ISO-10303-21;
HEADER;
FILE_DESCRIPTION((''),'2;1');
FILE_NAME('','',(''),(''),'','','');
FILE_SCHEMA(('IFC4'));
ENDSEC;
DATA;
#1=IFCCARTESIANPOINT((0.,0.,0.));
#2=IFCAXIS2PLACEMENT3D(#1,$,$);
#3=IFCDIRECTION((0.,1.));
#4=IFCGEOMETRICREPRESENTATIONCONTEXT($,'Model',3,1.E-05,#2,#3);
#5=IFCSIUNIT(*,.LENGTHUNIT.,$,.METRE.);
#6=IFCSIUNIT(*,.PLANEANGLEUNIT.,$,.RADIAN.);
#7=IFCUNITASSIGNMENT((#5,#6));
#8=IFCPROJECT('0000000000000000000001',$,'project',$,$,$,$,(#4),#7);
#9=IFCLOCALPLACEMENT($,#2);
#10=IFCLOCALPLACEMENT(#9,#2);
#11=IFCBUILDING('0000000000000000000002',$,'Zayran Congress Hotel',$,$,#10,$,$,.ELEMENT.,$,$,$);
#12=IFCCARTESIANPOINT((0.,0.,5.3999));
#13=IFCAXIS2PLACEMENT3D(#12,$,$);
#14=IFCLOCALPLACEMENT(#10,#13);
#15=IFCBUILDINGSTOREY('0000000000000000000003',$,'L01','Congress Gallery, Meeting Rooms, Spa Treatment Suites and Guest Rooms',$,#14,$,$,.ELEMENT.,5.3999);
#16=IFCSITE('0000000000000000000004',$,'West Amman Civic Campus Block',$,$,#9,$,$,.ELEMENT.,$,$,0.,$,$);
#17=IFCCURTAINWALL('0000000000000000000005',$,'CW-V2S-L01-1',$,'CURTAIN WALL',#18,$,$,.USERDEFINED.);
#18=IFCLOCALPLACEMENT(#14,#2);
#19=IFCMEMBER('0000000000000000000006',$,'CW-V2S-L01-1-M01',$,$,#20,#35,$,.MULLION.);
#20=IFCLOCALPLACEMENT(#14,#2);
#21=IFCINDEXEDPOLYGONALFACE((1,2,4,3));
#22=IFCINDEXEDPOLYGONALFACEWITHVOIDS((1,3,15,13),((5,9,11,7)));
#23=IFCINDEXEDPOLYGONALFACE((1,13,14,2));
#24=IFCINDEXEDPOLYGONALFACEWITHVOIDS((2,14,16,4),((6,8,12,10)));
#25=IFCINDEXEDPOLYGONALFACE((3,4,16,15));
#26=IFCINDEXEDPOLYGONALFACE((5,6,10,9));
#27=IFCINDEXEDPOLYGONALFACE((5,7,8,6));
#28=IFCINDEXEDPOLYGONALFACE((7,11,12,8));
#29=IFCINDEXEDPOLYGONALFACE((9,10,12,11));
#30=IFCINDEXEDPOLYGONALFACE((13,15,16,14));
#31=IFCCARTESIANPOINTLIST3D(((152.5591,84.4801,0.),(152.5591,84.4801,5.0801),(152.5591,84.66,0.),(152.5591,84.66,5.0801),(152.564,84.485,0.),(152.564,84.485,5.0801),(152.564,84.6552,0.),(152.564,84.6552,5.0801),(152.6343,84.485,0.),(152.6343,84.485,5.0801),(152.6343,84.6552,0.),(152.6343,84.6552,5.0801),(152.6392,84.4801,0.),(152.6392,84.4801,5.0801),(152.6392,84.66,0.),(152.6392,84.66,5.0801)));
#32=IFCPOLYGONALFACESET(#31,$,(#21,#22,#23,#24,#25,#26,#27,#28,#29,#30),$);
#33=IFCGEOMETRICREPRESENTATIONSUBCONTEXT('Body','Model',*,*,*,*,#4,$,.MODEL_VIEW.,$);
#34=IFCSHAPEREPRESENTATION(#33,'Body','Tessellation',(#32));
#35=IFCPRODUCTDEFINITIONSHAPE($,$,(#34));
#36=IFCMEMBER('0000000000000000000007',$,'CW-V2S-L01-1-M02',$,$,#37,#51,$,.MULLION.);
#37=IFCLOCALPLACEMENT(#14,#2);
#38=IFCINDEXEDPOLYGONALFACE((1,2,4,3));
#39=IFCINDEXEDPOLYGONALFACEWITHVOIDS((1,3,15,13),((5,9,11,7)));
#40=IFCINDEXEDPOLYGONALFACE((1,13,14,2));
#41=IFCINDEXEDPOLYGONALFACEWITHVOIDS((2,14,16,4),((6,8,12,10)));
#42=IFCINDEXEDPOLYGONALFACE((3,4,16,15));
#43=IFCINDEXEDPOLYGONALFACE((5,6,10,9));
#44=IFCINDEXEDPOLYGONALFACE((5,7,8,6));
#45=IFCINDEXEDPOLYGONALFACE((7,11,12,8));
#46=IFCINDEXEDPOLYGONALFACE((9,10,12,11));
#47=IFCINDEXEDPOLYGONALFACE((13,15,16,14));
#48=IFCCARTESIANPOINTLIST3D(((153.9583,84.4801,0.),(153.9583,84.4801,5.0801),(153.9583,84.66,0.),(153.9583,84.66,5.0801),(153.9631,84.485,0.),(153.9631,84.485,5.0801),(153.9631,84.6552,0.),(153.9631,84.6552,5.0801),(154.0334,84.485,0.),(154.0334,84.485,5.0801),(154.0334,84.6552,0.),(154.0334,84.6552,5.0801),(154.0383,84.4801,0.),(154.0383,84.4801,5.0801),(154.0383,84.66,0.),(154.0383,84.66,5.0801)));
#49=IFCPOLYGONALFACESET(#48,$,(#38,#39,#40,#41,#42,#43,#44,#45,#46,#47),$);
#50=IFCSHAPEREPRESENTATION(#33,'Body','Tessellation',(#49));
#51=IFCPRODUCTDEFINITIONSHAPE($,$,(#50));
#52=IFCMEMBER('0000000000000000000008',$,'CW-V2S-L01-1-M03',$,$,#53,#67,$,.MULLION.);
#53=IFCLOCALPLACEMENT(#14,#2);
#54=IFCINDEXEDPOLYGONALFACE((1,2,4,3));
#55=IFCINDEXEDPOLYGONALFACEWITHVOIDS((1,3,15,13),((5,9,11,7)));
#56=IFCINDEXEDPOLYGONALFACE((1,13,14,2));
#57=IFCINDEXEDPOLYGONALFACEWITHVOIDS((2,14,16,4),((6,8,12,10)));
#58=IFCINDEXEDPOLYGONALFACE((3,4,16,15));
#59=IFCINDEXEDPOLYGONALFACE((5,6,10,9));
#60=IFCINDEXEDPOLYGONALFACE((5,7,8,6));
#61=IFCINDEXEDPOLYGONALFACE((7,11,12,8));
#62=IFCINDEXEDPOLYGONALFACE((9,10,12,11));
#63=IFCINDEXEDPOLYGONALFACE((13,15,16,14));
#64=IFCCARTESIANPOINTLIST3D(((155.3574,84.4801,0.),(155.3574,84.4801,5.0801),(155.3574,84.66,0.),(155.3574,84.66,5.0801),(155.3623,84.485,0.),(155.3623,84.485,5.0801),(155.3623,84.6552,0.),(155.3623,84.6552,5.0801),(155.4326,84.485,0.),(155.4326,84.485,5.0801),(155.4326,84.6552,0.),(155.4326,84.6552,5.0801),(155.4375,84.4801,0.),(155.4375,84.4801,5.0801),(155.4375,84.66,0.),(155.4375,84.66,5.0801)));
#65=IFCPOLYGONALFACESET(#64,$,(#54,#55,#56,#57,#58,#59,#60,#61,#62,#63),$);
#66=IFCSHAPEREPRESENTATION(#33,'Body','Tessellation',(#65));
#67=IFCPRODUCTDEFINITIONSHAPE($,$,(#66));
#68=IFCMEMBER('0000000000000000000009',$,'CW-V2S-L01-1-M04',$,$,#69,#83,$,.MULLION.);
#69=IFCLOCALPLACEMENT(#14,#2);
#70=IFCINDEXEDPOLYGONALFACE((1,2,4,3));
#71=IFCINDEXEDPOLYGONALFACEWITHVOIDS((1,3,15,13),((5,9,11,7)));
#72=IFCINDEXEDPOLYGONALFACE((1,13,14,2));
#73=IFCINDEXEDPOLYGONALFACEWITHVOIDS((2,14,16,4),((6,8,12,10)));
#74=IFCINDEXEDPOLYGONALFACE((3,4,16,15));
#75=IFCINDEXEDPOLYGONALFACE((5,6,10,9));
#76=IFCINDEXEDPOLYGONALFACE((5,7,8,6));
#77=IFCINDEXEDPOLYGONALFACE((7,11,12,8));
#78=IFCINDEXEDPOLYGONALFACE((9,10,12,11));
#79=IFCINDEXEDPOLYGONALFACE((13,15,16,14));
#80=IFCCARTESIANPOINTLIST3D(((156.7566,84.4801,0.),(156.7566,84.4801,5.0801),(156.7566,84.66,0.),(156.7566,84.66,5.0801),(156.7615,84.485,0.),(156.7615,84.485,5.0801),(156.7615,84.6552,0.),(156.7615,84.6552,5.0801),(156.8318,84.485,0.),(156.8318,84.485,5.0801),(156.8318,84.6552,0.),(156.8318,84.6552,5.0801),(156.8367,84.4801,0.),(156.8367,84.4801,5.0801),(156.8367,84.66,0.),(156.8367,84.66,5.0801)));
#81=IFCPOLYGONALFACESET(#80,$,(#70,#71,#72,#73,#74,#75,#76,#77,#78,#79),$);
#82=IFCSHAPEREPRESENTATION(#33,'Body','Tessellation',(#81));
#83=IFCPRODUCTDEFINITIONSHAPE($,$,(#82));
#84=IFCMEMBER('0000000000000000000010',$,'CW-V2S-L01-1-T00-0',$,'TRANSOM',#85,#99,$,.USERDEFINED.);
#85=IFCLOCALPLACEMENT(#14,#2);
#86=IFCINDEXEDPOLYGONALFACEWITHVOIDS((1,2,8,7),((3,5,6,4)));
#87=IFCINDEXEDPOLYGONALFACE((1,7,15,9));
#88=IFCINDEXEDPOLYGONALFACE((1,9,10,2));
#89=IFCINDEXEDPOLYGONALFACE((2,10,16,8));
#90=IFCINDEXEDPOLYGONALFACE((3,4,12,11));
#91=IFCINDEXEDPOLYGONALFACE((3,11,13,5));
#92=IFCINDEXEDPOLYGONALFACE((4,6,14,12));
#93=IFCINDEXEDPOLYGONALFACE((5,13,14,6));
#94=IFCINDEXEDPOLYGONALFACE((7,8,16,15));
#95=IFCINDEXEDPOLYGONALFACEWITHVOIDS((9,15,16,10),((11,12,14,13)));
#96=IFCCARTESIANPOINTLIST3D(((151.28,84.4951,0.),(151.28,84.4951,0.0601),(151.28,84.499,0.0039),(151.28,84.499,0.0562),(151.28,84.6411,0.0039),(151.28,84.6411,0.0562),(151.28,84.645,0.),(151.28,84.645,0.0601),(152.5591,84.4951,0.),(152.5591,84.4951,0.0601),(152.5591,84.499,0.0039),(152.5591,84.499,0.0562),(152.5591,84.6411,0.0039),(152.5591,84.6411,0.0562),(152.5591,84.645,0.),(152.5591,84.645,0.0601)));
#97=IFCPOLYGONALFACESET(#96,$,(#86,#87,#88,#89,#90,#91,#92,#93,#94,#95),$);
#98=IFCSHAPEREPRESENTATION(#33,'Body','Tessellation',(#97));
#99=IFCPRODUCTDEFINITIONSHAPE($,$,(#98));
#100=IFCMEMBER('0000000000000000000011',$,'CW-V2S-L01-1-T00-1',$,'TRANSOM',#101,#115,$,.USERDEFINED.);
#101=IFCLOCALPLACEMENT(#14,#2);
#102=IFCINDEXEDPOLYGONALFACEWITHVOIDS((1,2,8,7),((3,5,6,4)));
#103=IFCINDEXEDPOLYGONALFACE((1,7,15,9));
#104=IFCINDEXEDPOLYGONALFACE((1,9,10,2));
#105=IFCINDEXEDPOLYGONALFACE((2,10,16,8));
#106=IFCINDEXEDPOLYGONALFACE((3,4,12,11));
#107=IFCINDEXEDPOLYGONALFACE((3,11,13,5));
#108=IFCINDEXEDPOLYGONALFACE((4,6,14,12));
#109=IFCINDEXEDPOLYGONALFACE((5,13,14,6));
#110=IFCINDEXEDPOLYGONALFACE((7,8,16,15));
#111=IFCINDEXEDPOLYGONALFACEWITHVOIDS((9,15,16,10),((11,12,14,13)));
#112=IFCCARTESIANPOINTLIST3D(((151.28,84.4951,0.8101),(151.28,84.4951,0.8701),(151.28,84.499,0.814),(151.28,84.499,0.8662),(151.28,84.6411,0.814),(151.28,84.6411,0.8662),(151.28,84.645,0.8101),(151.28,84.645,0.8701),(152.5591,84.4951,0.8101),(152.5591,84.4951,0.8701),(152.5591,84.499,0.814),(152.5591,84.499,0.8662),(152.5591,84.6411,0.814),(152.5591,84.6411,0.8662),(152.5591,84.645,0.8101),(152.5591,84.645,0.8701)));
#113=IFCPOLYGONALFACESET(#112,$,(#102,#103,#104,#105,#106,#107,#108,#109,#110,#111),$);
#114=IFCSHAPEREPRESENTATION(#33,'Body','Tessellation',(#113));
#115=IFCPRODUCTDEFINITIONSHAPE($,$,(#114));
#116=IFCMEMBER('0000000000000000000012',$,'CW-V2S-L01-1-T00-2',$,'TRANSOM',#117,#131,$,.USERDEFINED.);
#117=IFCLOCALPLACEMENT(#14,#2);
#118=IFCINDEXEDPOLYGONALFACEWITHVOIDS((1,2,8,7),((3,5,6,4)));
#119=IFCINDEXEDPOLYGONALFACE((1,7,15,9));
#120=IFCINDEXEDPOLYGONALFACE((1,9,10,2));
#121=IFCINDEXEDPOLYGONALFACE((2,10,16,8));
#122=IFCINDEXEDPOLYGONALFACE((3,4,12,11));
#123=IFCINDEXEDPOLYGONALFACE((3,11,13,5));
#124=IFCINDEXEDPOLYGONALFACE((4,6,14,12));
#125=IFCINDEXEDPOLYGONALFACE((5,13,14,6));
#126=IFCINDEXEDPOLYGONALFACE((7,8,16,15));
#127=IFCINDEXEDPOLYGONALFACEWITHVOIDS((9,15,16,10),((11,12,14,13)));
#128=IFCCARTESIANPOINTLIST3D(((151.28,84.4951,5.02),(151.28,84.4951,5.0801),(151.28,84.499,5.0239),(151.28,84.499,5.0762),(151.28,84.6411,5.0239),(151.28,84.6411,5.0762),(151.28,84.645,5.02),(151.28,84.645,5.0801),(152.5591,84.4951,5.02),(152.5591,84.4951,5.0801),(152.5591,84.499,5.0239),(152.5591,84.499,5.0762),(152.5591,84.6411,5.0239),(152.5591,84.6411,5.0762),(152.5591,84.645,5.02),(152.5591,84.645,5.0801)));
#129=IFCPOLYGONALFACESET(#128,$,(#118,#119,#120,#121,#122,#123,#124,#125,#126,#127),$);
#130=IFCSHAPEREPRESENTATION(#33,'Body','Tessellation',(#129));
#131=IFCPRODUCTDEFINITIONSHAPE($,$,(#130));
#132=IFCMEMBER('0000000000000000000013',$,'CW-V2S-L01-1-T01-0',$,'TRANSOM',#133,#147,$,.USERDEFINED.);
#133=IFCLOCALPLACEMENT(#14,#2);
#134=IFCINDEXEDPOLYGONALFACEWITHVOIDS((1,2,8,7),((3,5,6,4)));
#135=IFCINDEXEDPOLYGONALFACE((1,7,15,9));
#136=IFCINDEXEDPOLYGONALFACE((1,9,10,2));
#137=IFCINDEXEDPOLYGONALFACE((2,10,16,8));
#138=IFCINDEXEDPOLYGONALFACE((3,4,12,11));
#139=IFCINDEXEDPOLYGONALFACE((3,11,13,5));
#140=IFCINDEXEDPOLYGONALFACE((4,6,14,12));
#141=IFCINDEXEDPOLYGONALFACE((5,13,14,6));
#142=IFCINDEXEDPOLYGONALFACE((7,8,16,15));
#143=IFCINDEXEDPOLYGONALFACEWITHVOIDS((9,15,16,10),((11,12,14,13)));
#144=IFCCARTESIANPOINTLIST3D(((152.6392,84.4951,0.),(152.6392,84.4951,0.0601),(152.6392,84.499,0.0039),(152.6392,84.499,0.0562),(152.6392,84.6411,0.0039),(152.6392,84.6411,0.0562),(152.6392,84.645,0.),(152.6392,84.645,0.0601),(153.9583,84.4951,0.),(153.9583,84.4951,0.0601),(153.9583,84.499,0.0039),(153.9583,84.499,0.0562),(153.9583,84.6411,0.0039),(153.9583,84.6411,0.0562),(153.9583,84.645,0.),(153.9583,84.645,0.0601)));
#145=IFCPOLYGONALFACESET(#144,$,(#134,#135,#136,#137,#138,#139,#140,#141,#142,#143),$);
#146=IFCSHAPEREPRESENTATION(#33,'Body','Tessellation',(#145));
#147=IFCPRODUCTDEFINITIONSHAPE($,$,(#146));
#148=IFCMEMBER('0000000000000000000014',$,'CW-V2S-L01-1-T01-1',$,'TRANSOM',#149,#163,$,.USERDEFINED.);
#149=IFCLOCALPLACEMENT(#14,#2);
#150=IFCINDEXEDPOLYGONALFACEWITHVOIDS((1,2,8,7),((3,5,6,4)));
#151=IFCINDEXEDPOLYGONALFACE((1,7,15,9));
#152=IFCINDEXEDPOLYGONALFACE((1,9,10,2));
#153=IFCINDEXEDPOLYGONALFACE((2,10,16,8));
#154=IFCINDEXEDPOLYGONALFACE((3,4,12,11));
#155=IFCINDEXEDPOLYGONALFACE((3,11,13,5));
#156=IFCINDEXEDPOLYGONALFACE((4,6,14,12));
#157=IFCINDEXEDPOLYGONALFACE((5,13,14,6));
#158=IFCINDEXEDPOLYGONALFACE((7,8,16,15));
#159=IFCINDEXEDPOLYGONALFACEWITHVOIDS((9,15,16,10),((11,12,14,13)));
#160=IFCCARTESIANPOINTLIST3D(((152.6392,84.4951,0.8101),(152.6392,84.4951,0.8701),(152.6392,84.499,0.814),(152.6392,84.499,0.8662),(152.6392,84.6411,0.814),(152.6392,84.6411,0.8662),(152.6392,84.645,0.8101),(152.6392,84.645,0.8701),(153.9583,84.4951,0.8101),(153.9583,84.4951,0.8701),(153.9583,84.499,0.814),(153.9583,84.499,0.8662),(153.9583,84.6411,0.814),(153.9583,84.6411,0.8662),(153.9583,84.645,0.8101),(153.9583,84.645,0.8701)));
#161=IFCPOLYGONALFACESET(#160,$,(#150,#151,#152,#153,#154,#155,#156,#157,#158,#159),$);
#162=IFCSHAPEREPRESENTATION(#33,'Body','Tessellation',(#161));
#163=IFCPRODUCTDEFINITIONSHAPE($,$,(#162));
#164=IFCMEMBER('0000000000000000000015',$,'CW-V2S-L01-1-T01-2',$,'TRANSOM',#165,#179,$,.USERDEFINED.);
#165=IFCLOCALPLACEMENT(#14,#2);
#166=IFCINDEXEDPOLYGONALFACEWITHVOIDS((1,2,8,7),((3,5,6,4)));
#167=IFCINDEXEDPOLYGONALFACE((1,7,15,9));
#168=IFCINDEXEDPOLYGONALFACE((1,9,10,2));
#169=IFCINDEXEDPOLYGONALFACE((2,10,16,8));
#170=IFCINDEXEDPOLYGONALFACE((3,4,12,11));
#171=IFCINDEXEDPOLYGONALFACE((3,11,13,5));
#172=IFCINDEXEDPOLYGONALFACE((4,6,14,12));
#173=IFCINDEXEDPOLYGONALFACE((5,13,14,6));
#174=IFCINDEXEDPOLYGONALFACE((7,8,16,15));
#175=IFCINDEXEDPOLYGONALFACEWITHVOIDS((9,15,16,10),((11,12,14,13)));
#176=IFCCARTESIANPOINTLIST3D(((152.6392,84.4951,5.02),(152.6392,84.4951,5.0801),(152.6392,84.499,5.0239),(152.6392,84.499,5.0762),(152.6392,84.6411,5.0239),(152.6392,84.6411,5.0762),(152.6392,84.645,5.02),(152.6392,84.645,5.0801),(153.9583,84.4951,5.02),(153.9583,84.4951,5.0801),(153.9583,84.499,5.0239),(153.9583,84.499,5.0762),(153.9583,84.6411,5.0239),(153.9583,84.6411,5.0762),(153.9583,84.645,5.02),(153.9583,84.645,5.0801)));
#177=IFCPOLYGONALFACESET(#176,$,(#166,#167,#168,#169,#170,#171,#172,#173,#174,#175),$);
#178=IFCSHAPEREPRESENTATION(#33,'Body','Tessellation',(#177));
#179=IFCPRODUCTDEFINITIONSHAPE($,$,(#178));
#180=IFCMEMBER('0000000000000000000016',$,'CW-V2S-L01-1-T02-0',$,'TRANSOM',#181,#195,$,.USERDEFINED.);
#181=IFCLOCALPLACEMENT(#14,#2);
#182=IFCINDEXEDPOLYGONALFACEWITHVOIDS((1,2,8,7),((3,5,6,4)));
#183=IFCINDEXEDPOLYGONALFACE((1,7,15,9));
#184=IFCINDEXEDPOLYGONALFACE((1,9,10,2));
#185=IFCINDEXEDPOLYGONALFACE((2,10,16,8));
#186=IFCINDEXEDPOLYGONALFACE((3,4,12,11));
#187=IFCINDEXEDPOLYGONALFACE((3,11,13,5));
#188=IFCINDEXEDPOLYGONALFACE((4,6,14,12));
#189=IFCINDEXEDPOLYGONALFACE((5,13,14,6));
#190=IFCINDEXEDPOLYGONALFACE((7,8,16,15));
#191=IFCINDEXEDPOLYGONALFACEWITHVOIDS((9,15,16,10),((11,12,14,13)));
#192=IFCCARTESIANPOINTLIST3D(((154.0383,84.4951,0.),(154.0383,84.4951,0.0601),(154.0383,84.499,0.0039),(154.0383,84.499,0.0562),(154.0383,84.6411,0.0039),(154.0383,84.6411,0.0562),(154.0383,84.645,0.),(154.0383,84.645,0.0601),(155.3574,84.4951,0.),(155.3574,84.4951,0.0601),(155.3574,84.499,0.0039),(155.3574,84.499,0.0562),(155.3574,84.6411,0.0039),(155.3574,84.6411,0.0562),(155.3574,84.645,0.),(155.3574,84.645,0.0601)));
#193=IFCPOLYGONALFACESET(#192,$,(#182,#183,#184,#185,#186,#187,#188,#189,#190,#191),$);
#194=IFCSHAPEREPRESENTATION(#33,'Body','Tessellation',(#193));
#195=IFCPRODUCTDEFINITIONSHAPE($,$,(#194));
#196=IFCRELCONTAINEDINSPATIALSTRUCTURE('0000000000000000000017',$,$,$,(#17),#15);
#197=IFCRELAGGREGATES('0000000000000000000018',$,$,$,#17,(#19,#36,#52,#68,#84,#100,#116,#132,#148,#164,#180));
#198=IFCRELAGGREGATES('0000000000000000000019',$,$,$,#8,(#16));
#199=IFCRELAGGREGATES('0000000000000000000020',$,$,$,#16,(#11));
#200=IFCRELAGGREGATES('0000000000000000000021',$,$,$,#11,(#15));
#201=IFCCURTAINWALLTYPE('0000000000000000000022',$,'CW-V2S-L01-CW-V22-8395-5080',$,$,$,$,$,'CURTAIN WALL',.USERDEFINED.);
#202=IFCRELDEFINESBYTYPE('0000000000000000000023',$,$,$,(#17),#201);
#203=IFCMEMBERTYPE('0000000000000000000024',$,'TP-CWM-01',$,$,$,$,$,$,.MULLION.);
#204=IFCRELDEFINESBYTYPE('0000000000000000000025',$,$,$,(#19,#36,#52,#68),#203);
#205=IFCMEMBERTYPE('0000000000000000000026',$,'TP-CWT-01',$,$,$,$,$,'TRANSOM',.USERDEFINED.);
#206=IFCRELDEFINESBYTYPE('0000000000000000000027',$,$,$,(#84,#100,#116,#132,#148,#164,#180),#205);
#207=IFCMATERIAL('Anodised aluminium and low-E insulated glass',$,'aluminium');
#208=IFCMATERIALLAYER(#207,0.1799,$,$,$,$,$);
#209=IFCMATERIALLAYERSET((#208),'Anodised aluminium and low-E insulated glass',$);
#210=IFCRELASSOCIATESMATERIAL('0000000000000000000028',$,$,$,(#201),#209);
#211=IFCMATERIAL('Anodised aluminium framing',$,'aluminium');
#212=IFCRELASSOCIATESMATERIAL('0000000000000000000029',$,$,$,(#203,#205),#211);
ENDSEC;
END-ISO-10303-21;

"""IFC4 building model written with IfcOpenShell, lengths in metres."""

from ifc_helpers import new_model, si_unit, direction, frame, origin, origin_2d, place, context, subcontext, project, spatial, hollow_rectangle, extrude, material, layer, layer_set, material_profile, profile_set, type_object, element, aggregate, save


model = new_model("IFC4")

# Units and contexts
model_context = context("Model", 3, precision=1e-05, world=origin(), true_north=direction((0.0, 1.0)))
body_context = subcontext(model_context, "Body", "Model", "MODEL_VIEW")
ifc_project = project(units=[si_unit("LENGTHUNIT", "METRE"), si_unit("PLANEANGLEUNIT", "RADIAN")], contexts=[model_context])

# Site, building, storey
site_placement = place(None, origin())
site = spatial("IfcSite", under=ifc_project, at=site_placement, Name="West Amman Civic Campus Block", CompositionType="ELEMENT", RefElevation=0.0)
building_placement = place(site_placement, origin())
building = spatial("IfcBuilding", under=site, at=building_placement, Name="Zayran Congress Hotel", CompositionType="ELEMENT")
storey_placement = place(building_placement, frame((0.0, 0.0, 5.3999)))
storey = spatial("IfcBuildingStorey", under=building, at=storey_placement, Name="L01", Description="Congress Gallery, Meeting Rooms, Spa Treatment Suites and Guest Rooms", CompositionType="ELEMENT", Elevation=5.3999)

# Curtain wall, members
ifc_material_1 = material(Name="Anodised aluminium and low-E insulated glass", Category="aluminium")
ifc_layer_1 = layer(ifc_material_1, 0.1799)
ifc_layer_set_1 = layer_set([ifc_layer_1], Name="Anodised aluminium and low-E insulated glass")
curtain_wall_type = type_object("IfcCurtainWallType", Name="CW-V2S-L01-CW-V22-8395-5080", ElementType="CURTAIN WALL", PredefinedType="USERDEFINED", material=ifc_layer_set_1)
curtain_wall_placement = place(storey_placement, origin())
curtain_wall = element("IfcCurtainWall", 1, at=curtain_wall_placement, inside=storey, type_object=curtain_wall_type, Name="CW-V2S-L01-1", ObjectType="CURTAIN WALL", PredefinedType="USERDEFINED")
ifc_material_2 = material(Name="Anodised aluminium framing", Category="aluminium")
ifc_material_profile_1 = material_profile(ifc_material_2, hollow_rectangle(XDim=0.0801, YDim=0.1799, WallThickness=0.0049, at=origin_2d()), Name="RHS 180x80x5")
ifc_profile_set_1 = profile_set([ifc_material_profile_1], Name="Anodised aluminium framing")
member_type_1 = type_object("IfcMemberType", Name="TP-CWM-01", PredefinedType="MULLION", material=ifc_profile_set_1)
member_1_placement = place(storey_placement, frame((152.5991, 84.5701, 0.0), z_axis=(0.0, 0.0, 1.0), x_axis=(1.0, 0.0, 0.0)))
member_1 = element("IfcMember", 2, at=member_1_placement, type_object=member_type_1, Name="CW-V2S-L01-1-M01", PredefinedType="MULLION", context=body_context, shape_type="SweptSolid", body=[
    extrude(hollow_rectangle(XDim=0.0801, YDim=0.1799, WallThickness=0.0049, at=origin_2d()), origin(), (0.0, 0.0, 1.0), 5.0801),
])
member_2_placement = place(storey_placement, frame((153.9983, 84.5701, 0.0), z_axis=(0.0, 0.0, 1.0), x_axis=(1.0, 0.0, 0.0)))
member_2 = element("IfcMember", 3, at=member_2_placement, type_object=member_type_1, Name="CW-V2S-L01-1-M02", PredefinedType="MULLION", context=body_context, shape_type="SweptSolid", body=[
    extrude(hollow_rectangle(XDim=0.0801, YDim=0.1799, WallThickness=0.0049, at=origin_2d()), origin(), (0.0, 0.0, 1.0), 5.0801),
])
member_3_placement = place(storey_placement, frame((155.3975, 84.5701, 0.0), z_axis=(0.0, 0.0, 1.0), x_axis=(1.0, 0.0, 0.0)))
member_3 = element("IfcMember", 4, at=member_3_placement, type_object=member_type_1, Name="CW-V2S-L01-1-M03", PredefinedType="MULLION", context=body_context, shape_type="SweptSolid", body=[
    extrude(hollow_rectangle(XDim=0.0801, YDim=0.1799, WallThickness=0.0049, at=origin_2d()), origin(), (0.0, 0.0, 1.0), 5.0801),
])
member_4_placement = place(storey_placement, frame((156.7966, 84.5701, 0.0), z_axis=(0.0, 0.0, 1.0), x_axis=(1.0, 0.0, 0.0)))
member_4 = element("IfcMember", 5, at=member_4_placement, type_object=member_type_1, Name="CW-V2S-L01-1-M04", PredefinedType="MULLION", context=body_context, shape_type="SweptSolid", body=[
    extrude(hollow_rectangle(XDim=0.0801, YDim=0.1799, WallThickness=0.0049, at=origin_2d()), origin(), (0.0, 0.0, 1.0), 5.0801),
])
ifc_material_profile_2 = material_profile(ifc_material_2, hollow_rectangle(XDim=0.0601, YDim=0.1499, WallThickness=0.0039, at=origin_2d()), Name="RHS 150x60x4")
ifc_profile_set_2 = profile_set([ifc_material_profile_2], Name="Anodised aluminium framing")
member_type_2 = type_object("IfcMemberType", Name="TP-CWT-01", ElementType="TRANSOM", PredefinedType="USERDEFINED", material=ifc_profile_set_2)
member_5_placement = place(storey_placement, frame((151.28, 84.5701, 0.03), z_axis=(1.0, 0.0, 0.0), x_axis=(0.0, 0.0, 1.0)))
member_5 = element("IfcMember", 6, at=member_5_placement, type_object=member_type_2, Name="CW-V2S-L01-1-T00-0", ObjectType="TRANSOM", PredefinedType="USERDEFINED", context=body_context, shape_type="SweptSolid", body=[
    extrude(hollow_rectangle(XDim=0.0601, YDim=0.1499, WallThickness=0.0039, at=origin_2d()), origin(), (0.0, 0.0, 1.0), 1.2791),
])
member_6_placement = place(storey_placement, frame((151.28, 84.5701, 0.8401), z_axis=(1.0, 0.0, 0.0), x_axis=(0.0, 0.0, 1.0)))
member_6 = element("IfcMember", 7, at=member_6_placement, type_object=member_type_2, Name="CW-V2S-L01-1-T00-1", ObjectType="TRANSOM", PredefinedType="USERDEFINED", context=body_context, shape_type="SweptSolid", body=[
    extrude(hollow_rectangle(XDim=0.0601, YDim=0.1499, WallThickness=0.0039, at=origin_2d()), origin(), (0.0, 0.0, 1.0), 1.2791),
])
member_7_placement = place(storey_placement, frame((151.28, 84.5701, 5.05), z_axis=(1.0, 0.0, 0.0), x_axis=(0.0, 0.0, 1.0)))
member_7 = element("IfcMember", 8, at=member_7_placement, type_object=member_type_2, Name="CW-V2S-L01-1-T00-2", ObjectType="TRANSOM", PredefinedType="USERDEFINED", context=body_context, shape_type="SweptSolid", body=[
    extrude(hollow_rectangle(XDim=0.0601, YDim=0.1499, WallThickness=0.0039, at=origin_2d()), origin(), (0.0, 0.0, 1.0), 1.2791),
])
member_8_placement = place(storey_placement, frame((152.6392, 84.5701, 0.03), z_axis=(1.0, 0.0, 0.0), x_axis=(0.0, 0.0, 1.0)))
member_8 = element("IfcMember", 9, at=member_8_placement, type_object=member_type_2, Name="CW-V2S-L01-1-T01-0", ObjectType="TRANSOM", PredefinedType="USERDEFINED", context=body_context, shape_type="SweptSolid", body=[
    extrude(hollow_rectangle(XDim=0.0601, YDim=0.1499, WallThickness=0.0039, at=origin_2d()), origin(), (0.0, 0.0, 1.0), 1.3191),
])
member_9_placement = place(storey_placement, frame((152.6392, 84.5701, 0.8401), z_axis=(1.0, 0.0, 0.0), x_axis=(0.0, 0.0, 1.0)))
member_9 = element("IfcMember", 10, at=member_9_placement, type_object=member_type_2, Name="CW-V2S-L01-1-T01-1", ObjectType="TRANSOM", PredefinedType="USERDEFINED", context=body_context, shape_type="SweptSolid", body=[
    extrude(hollow_rectangle(XDim=0.0601, YDim=0.1499, WallThickness=0.0039, at=origin_2d()), origin(), (0.0, 0.0, 1.0), 1.3191),
])
member_10_placement = place(storey_placement, frame((152.6392, 84.5701, 5.05), z_axis=(1.0, 0.0, 0.0), x_axis=(0.0, 0.0, 1.0)))
member_10 = element("IfcMember", 11, at=member_10_placement, type_object=member_type_2, Name="CW-V2S-L01-1-T01-2", ObjectType="TRANSOM", PredefinedType="USERDEFINED", context=body_context, shape_type="SweptSolid", body=[
    extrude(hollow_rectangle(XDim=0.0601, YDim=0.1499, WallThickness=0.0039, at=origin_2d()), origin(), (0.0, 0.0, 1.0), 1.3191),
])
member_11_placement = place(storey_placement, frame((154.0383, 84.5701, 0.03), z_axis=(1.0, 0.0, 0.0), x_axis=(0.0, 0.0, 1.0)))
member_11 = element("IfcMember", 12, at=member_11_placement, type_object=member_type_2, Name="CW-V2S-L01-1-T02-0", ObjectType="TRANSOM", PredefinedType="USERDEFINED", context=body_context, shape_type="SweptSolid", body=[
    extrude(hollow_rectangle(XDim=0.0601, YDim=0.1499, WallThickness=0.0039, at=origin_2d()), origin(), (0.0, 0.0, 1.0), 1.3191),
])
aggregate(curtain_wall, [member_1, member_2, member_3, member_4, member_5, member_6, member_7, member_8, member_9, member_10, member_11])

save(model, "model.ifc")
